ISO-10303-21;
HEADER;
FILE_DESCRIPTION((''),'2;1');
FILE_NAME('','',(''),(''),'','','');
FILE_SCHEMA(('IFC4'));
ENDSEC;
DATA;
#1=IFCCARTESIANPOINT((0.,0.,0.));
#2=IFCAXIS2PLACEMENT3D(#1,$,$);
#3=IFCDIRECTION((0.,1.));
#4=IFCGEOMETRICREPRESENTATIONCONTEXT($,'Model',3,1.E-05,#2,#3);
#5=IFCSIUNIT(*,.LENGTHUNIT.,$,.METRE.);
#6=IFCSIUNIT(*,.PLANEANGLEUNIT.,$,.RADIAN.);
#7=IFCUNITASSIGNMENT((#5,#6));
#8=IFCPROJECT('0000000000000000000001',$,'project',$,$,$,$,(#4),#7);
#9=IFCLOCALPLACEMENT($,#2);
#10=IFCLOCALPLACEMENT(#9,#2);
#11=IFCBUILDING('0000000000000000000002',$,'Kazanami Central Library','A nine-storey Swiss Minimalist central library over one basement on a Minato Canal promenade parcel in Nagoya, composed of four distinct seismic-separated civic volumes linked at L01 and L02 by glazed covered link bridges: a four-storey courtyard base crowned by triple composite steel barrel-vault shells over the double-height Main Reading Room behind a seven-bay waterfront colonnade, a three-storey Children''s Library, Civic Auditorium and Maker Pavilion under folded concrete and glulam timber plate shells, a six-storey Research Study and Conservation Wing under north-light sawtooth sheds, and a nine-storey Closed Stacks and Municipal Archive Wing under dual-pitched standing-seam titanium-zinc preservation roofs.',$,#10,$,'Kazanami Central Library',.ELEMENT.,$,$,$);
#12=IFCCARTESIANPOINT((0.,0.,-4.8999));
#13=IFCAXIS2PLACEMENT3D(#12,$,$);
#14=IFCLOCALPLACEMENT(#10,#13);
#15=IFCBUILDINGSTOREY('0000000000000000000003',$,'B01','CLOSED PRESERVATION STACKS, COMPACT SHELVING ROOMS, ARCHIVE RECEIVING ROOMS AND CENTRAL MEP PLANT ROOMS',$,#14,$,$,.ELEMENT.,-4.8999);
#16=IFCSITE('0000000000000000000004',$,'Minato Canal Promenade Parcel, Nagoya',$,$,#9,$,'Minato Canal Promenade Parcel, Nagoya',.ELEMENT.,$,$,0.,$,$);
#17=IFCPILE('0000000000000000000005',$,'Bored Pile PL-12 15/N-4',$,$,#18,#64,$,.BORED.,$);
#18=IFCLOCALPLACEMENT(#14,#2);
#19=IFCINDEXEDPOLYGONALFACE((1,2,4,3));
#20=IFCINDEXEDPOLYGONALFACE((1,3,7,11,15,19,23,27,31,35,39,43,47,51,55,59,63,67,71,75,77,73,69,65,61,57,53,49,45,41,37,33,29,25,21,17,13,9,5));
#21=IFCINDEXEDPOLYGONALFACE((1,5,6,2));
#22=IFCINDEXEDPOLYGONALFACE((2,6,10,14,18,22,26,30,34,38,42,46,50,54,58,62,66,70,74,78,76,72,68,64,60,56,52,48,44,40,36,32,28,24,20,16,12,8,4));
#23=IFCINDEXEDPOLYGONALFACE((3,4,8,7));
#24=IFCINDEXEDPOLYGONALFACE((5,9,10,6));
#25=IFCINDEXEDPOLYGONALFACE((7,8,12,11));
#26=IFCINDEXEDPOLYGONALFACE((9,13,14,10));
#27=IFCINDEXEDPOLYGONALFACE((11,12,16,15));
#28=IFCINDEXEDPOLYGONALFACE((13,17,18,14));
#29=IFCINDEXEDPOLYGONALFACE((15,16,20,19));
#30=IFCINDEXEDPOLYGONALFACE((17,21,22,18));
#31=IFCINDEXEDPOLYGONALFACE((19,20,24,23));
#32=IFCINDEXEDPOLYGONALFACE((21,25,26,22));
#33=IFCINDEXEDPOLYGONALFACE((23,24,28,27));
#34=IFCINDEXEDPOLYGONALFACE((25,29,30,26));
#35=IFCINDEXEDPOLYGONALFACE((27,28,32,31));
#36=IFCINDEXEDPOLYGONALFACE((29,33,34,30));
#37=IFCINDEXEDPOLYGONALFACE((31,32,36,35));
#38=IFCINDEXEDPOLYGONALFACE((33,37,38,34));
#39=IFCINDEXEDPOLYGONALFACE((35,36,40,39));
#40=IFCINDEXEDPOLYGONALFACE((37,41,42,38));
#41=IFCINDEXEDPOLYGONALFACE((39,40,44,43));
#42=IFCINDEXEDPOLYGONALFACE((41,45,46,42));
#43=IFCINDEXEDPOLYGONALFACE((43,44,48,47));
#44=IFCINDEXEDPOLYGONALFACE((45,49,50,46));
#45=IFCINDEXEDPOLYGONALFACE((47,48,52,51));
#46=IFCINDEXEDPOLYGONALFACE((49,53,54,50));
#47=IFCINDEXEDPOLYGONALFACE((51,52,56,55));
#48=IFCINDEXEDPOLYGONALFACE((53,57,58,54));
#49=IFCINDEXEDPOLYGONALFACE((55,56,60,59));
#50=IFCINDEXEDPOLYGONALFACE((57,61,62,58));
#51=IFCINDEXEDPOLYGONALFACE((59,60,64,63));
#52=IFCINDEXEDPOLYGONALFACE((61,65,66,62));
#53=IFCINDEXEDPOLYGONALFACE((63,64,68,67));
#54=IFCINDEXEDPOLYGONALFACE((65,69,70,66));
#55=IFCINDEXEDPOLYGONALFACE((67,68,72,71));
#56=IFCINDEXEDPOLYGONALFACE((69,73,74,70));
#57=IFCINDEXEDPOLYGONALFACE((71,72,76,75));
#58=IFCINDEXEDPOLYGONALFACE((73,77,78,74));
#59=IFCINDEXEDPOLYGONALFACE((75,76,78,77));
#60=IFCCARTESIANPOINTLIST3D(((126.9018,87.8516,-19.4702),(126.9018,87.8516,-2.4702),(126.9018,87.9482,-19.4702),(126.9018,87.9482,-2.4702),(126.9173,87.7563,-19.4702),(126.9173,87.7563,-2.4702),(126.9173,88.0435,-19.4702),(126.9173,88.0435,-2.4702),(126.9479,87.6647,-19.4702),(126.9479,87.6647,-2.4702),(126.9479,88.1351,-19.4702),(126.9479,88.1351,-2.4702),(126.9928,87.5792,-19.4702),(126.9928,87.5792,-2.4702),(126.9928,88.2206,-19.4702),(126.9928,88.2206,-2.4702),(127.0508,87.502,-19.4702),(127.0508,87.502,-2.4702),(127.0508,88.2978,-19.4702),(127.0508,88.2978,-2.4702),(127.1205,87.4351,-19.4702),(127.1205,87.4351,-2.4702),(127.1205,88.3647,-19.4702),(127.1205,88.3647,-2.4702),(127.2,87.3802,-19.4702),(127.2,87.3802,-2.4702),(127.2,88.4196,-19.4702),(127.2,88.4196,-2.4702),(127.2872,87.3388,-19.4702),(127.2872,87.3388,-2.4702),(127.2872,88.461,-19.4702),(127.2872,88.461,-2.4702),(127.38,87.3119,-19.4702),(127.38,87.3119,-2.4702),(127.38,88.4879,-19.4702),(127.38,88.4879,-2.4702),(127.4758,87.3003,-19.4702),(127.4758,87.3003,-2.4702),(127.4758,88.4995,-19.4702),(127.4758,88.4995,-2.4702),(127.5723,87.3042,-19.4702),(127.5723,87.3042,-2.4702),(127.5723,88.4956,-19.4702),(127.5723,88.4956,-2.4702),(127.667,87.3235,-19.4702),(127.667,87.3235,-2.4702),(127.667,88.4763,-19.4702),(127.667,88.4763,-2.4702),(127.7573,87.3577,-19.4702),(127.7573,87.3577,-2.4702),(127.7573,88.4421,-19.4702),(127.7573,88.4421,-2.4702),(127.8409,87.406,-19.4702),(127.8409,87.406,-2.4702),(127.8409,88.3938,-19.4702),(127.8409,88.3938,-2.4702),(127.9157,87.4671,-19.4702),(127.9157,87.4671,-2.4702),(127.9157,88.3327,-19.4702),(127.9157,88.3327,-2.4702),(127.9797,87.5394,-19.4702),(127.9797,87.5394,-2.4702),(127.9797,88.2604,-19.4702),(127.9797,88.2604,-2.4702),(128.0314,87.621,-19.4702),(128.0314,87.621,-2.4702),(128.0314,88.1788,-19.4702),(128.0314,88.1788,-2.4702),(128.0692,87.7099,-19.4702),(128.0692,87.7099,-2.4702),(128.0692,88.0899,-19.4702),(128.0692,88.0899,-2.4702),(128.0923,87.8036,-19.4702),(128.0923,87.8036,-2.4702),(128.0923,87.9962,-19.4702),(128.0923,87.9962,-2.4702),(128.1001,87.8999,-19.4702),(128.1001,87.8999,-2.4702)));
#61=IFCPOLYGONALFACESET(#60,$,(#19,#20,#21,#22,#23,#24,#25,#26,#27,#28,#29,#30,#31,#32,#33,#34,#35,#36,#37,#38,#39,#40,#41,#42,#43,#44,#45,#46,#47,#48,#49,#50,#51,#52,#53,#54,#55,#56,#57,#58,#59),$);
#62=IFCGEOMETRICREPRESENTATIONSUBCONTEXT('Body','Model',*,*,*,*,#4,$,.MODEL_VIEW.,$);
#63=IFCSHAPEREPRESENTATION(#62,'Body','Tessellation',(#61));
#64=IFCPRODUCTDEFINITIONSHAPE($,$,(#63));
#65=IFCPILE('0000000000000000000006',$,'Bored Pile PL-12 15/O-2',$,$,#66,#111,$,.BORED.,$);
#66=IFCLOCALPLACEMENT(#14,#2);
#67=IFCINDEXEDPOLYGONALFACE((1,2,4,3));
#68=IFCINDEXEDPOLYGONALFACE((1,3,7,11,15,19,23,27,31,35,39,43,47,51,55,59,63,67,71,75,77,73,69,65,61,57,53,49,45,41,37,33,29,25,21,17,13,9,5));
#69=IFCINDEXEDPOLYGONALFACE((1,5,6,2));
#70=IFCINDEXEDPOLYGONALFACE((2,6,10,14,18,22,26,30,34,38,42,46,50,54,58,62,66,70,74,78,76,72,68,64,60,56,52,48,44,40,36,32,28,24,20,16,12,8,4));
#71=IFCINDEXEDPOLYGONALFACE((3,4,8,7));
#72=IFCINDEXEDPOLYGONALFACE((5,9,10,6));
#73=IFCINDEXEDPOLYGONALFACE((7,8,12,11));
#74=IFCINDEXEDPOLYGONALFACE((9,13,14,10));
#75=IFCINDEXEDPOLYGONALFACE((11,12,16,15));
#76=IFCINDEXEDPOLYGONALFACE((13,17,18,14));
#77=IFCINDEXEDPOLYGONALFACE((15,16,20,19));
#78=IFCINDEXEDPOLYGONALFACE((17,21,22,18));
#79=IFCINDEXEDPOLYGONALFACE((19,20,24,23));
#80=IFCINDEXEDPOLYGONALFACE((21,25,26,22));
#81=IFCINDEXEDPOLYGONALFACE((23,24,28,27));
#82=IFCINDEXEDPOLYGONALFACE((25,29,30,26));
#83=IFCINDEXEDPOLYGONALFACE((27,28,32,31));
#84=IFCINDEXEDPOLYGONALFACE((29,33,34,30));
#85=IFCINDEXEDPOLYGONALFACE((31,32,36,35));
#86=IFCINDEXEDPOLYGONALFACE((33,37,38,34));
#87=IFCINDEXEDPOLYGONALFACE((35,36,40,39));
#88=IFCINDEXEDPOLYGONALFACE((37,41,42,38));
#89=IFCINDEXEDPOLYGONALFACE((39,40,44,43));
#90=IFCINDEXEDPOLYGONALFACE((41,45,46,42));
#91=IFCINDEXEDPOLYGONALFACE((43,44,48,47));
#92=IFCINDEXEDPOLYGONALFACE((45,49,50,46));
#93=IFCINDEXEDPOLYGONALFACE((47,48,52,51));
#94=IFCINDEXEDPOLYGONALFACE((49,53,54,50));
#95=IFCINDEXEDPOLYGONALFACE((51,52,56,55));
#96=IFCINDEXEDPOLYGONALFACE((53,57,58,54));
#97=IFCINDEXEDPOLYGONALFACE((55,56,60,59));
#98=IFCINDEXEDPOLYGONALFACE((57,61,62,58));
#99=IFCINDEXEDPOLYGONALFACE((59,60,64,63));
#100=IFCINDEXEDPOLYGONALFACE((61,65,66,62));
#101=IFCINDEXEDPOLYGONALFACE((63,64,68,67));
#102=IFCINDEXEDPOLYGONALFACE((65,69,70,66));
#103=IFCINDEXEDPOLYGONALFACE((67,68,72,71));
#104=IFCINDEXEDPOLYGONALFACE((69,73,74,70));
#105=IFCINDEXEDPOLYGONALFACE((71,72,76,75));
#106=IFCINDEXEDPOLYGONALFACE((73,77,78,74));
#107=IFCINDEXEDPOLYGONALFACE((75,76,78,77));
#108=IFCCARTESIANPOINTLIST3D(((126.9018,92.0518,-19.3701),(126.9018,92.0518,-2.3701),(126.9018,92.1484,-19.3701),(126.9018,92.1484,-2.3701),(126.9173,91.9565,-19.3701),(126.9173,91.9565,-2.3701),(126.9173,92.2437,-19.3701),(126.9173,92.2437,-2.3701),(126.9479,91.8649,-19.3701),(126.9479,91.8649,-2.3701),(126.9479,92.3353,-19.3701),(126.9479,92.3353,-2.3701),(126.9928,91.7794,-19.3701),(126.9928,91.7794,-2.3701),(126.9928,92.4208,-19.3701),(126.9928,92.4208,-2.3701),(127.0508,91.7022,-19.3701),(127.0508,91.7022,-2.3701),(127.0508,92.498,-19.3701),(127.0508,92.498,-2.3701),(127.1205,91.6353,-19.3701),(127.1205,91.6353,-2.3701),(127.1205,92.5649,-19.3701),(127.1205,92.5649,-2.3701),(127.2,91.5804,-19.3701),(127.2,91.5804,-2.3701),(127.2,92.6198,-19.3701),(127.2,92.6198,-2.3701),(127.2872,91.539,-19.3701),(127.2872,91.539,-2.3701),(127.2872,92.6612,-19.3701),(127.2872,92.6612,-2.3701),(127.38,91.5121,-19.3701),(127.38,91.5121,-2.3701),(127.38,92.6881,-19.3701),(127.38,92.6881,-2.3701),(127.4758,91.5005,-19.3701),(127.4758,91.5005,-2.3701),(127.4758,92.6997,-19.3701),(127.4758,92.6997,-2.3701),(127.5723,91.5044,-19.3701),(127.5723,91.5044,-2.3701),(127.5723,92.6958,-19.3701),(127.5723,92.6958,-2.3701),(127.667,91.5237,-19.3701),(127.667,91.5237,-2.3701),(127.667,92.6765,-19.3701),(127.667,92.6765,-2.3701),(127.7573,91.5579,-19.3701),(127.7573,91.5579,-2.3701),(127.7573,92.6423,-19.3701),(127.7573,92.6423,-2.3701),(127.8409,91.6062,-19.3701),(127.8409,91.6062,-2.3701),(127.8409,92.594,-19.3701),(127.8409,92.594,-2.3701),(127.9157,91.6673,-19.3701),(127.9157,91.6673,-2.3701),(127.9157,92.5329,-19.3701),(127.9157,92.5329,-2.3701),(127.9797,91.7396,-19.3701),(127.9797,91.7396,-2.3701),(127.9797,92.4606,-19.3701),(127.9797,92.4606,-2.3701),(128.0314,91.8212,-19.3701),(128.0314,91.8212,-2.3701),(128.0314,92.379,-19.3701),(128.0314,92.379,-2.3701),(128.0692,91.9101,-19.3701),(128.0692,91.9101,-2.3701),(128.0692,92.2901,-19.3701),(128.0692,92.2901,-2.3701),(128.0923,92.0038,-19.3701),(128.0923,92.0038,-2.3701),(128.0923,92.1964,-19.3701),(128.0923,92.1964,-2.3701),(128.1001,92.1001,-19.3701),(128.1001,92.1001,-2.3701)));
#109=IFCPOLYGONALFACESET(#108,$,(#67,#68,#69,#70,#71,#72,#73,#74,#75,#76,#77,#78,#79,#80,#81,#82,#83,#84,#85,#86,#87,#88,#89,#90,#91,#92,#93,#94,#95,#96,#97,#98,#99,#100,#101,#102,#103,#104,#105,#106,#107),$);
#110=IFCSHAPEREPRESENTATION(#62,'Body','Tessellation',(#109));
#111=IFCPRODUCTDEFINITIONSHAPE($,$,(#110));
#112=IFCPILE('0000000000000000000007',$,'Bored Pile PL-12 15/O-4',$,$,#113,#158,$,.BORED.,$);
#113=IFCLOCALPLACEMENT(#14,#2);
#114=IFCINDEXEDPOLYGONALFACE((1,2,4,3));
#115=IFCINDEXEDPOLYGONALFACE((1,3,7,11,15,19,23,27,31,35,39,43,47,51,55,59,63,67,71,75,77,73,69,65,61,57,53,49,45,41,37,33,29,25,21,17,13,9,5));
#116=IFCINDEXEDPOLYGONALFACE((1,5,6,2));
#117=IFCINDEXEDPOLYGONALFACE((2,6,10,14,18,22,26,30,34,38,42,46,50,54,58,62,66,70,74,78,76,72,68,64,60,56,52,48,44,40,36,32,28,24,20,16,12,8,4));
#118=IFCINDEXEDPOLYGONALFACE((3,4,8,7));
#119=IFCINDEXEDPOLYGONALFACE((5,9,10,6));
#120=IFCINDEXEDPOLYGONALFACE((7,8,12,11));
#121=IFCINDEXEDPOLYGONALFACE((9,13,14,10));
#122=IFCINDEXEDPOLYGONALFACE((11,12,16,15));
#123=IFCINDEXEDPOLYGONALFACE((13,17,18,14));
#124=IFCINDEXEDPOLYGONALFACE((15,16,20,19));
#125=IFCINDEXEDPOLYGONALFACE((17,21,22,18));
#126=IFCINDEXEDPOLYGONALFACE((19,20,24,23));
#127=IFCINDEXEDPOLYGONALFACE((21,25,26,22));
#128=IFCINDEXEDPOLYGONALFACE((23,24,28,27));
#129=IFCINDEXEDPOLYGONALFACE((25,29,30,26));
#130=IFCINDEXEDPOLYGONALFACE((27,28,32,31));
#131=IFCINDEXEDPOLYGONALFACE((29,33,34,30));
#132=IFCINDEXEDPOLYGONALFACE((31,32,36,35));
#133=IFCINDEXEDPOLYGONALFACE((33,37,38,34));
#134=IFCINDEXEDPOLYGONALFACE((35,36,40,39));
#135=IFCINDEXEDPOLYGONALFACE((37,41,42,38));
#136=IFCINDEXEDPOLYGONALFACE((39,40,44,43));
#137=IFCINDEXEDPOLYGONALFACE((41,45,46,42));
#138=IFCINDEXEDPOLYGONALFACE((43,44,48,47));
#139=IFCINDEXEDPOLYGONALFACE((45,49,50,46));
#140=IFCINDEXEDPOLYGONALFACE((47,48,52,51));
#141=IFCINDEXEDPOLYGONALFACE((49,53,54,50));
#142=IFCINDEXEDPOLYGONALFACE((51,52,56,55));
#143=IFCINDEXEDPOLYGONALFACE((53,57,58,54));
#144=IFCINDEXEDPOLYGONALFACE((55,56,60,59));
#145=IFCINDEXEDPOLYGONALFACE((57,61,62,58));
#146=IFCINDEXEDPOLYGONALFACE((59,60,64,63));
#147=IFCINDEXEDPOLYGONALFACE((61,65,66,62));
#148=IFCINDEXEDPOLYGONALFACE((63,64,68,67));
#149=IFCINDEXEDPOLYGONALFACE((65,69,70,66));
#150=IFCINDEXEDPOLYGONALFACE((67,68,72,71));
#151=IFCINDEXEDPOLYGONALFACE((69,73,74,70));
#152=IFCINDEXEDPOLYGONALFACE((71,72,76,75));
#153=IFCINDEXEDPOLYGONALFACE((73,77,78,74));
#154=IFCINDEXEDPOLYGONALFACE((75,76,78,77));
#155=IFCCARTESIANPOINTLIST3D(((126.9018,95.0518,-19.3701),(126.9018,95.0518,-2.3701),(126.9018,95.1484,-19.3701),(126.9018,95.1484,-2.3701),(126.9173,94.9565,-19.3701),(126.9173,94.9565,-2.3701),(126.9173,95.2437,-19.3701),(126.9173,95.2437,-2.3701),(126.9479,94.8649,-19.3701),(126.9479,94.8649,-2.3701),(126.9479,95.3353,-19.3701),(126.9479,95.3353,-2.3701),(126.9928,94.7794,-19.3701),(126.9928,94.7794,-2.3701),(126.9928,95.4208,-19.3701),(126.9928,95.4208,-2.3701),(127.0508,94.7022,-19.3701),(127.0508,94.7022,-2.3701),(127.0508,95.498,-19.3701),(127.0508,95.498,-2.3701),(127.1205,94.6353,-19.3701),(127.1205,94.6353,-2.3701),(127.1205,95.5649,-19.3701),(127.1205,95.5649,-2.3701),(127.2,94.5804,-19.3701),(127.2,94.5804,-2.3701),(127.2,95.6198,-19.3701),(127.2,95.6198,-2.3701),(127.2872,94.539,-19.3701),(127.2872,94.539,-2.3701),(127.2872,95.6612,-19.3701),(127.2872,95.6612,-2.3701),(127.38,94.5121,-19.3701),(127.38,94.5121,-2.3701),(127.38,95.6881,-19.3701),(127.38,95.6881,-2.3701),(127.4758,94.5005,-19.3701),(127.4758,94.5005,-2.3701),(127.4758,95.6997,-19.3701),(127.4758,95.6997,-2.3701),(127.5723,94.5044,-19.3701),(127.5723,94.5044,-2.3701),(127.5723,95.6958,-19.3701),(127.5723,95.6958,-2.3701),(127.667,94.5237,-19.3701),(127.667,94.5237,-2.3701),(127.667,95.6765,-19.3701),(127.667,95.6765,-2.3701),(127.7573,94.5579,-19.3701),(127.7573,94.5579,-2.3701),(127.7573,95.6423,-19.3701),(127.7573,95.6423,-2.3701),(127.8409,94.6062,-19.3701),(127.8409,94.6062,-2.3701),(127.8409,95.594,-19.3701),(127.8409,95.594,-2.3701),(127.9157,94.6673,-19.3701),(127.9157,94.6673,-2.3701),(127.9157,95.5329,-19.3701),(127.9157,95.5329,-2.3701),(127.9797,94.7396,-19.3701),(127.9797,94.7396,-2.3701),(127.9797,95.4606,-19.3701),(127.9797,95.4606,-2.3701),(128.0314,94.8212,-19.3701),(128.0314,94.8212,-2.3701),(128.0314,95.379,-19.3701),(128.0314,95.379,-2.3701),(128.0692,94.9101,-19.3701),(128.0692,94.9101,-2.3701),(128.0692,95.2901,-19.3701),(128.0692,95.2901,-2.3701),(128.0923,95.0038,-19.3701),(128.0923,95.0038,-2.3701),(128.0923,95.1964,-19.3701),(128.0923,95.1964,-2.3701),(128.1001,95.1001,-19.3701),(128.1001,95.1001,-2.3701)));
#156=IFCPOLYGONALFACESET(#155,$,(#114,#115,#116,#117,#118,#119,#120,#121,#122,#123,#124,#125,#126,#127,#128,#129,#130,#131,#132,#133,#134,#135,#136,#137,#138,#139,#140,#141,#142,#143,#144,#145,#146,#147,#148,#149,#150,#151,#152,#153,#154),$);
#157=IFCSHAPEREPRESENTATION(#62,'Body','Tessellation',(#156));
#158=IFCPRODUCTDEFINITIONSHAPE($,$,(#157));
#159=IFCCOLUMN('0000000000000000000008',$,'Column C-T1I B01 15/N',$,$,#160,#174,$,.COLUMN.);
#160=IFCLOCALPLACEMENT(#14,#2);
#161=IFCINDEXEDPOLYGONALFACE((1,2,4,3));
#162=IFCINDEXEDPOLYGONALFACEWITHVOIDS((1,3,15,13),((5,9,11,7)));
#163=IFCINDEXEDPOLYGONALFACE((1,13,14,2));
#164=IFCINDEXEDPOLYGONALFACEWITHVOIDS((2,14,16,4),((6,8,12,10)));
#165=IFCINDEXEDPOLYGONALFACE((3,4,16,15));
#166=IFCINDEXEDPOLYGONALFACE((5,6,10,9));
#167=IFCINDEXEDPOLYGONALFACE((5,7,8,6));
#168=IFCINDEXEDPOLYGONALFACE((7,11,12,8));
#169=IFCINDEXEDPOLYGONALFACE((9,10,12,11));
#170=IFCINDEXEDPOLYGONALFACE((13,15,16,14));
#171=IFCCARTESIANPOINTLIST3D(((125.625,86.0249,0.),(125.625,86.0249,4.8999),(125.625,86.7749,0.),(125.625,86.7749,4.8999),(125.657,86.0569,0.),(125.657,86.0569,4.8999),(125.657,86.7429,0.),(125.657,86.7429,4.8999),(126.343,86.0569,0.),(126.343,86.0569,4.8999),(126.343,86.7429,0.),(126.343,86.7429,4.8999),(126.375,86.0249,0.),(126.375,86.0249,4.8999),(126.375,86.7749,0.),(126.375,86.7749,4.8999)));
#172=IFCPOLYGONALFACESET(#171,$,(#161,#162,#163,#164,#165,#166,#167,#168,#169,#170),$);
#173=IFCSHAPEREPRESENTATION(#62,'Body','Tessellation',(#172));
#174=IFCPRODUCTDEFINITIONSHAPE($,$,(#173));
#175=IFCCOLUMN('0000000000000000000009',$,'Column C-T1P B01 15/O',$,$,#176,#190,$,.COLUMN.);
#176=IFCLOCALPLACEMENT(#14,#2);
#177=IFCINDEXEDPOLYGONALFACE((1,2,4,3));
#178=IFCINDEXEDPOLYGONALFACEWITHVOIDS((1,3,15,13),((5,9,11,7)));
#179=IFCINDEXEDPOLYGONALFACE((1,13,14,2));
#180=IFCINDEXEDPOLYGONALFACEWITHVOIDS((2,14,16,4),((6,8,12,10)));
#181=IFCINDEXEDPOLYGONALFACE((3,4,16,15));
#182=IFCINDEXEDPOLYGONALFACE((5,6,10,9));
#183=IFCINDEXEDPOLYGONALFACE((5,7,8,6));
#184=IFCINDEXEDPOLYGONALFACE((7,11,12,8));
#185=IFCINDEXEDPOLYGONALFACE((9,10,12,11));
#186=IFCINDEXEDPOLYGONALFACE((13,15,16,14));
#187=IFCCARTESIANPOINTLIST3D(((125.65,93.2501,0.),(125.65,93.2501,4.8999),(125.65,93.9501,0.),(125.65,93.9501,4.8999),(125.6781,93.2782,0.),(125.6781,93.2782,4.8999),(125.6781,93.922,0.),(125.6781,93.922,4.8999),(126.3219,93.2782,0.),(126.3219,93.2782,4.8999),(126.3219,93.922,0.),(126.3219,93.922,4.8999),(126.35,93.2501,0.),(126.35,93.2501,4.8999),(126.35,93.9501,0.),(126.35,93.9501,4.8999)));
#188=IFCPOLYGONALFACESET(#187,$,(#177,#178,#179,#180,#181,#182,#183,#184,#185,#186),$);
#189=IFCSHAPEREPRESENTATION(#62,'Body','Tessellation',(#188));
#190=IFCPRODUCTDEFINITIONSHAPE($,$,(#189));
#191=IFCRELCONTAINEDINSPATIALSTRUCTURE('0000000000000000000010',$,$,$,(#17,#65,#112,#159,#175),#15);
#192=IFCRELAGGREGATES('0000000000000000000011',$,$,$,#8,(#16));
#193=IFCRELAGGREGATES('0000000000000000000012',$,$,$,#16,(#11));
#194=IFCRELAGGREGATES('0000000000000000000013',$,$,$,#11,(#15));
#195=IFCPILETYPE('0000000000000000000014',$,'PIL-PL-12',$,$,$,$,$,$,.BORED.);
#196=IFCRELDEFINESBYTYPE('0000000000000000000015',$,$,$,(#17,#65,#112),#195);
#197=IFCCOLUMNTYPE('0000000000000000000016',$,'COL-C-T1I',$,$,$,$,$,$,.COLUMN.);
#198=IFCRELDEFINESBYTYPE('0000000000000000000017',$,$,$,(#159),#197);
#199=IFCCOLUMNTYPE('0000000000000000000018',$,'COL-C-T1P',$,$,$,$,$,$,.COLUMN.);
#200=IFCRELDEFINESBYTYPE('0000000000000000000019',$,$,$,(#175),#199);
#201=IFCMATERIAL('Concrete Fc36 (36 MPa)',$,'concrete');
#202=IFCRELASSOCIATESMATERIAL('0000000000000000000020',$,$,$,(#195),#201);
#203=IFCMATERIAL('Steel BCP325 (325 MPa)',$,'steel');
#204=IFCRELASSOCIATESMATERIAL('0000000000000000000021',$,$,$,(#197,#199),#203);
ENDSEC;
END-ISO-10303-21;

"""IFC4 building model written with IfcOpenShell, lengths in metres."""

from ifc_helpers import new_model, si_unit, direction, frame, origin, origin_2d, place, context, subcontext, project, spatial, hollow_rectangle, circle, extrude, material, material_profile, profile_set, type_object, element, save


model = new_model("IFC4")

# Units and contexts
model_context = context("Model", 3, precision=1e-05, world=origin(), true_north=direction((0.0, 1.0)))
body_context = subcontext(model_context, "Body", "Model", "MODEL_VIEW")
ifc_project = project(units=[si_unit("LENGTHUNIT", "METRE"), si_unit("PLANEANGLEUNIT", "RADIAN")], contexts=[model_context])

# Site, building, storey
site_placement = place(None, origin())
site = spatial("IfcSite", under=ifc_project, at=site_placement, Name="Minato Canal Promenade Parcel, Nagoya", LongName="Minato Canal Promenade Parcel, Nagoya", CompositionType="ELEMENT", RefElevation=0.0)
building_placement = place(site_placement, origin())
building = spatial("IfcBuilding", under=site, at=building_placement, Name="Kazanami Central Library", Description="A nine-storey Swiss Minimalist central library over one basement on a Minato Canal promenade parcel in Nagoya, composed of four distinct seismic-separated civic volumes linked at L01 and L02 by glazed covered link bridges: a four-storey courtyard base crowned by triple composite steel barrel-vault shells over the double-height Main Reading Room behind a seven-bay waterfront colonnade, a three-storey Children's Library, Civic Auditorium and Maker Pavilion under folded concrete and glulam timber plate shells, a six-storey Research Study and Conservation Wing under north-light sawtooth sheds, and a nine-storey Closed Stacks and Municipal Archive Wing under dual-pitched standing-seam titanium-zinc preservation roofs.", LongName="Kazanami Central Library", CompositionType="ELEMENT")
storey_placement = place(building_placement, frame((0.0, 0.0, -4.8999)))
storey = spatial("IfcBuildingStorey", under=building, at=storey_placement, Name="B01", Description="CLOSED PRESERVATION STACKS, COMPACT SHELVING ROOMS, ARCHIVE RECEIVING ROOMS AND CENTRAL MEP PLANT ROOMS", CompositionType="ELEMENT", Elevation=-4.8999)

# Shared definitions
ifc_material_1 = material(Name="Concrete Fc36 (36 MPa)", Category="concrete")

# Piles
ifc_material_profile_1 = material_profile(ifc_material_1, circle(Radius=0.6001, at=origin_2d()), Name="BORED-D1200")
ifc_profile_set_1 = profile_set([ifc_material_profile_1], Name="Concrete Fc36 (36 MPa)")
pile_type = type_object("IfcPileType", Name="PIL-PL-12", PredefinedType="BORED", material=ifc_profile_set_1)
for number, where, z_axis, x_axis, name in (
    (1, (127.5, 87.8999, -2.4702), (0.0, 0.0, -1.0), (1.0, 0.0, 0.0), "Bored Pile PL-12 15/N-4"),
    (2, (127.5, 92.1001, -2.3701), (0.0, 0.0, -1.0), (1.0, 0.0, 0.0), "Bored Pile PL-12 15/O-2"),
    (3, (127.5, 95.1001, -2.3701), (0.0, 0.0, -1.0), (1.0, 0.0, 0.0), "Bored Pile PL-12 15/O-4"),
):
    element("IfcPile", number, at=place(storey_placement, frame(where, z_axis=z_axis, x_axis=x_axis)), inside=storey, type_object=pile_type, Name=name, PredefinedType="BORED", context=body_context, shape_type="SweptSolid", body=[
        extrude(circle(Radius=0.6001, at=origin_2d()), origin(), (0.0, 0.0, 1.0), 17.0),
    ])

# Columns
ifc_material_2 = material(Name="Steel BCP325 (325 MPa)", Category="steel")
ifc_material_profile_2 = material_profile(ifc_material_2, hollow_rectangle(XDim=0.75, YDim=0.75, WallThickness=0.032, at=origin_2d()), Name="BCP-750x750x32")
ifc_profile_set_2 = profile_set([ifc_material_profile_2], Name="Steel BCP325 (325 MPa)")
column_type_1 = type_object("IfcColumnType", Name="COL-C-T1I", PredefinedType="COLUMN", material=ifc_profile_set_2)
column_1_placement = place(storey_placement, frame((126.0, 86.3999, 0.0), z_axis=(0.0, 0.0, 1.0), x_axis=(1.0, 0.0, 0.0)))
element("IfcColumn", 4, at=column_1_placement, inside=storey, type_object=column_type_1, Name="Column C-T1I B01 15/N", PredefinedType="COLUMN", context=body_context, shape_type="SweptSolid", body=[
    extrude(hollow_rectangle(XDim=0.75, YDim=0.75, WallThickness=0.032, at=origin_2d()), origin(), (0.0, 0.0, 1.0), 4.8999),
])
ifc_material_profile_3 = material_profile(ifc_material_2, hollow_rectangle(XDim=0.7, YDim=0.7, WallThickness=0.0281, at=origin_2d()), Name="BCP-700x700x28")
ifc_profile_set_3 = profile_set([ifc_material_profile_3], Name="Steel BCP325 (325 MPa)")
column_type_2 = type_object("IfcColumnType", Name="COL-C-T1P", PredefinedType="COLUMN", material=ifc_profile_set_3)
column_2_placement = place(storey_placement, frame((126.0, 93.6001, 0.0), z_axis=(0.0, 0.0, 1.0), x_axis=(1.0, 0.0, 0.0)))
element("IfcColumn", 5, at=column_2_placement, inside=storey, type_object=column_type_2, Name="Column C-T1P B01 15/O", PredefinedType="COLUMN", context=body_context, shape_type="SweptSolid", body=[
    extrude(hollow_rectangle(XDim=0.7, YDim=0.7, WallThickness=0.0281, at=origin_2d()), origin(), (0.0, 0.0, 1.0), 4.8999),
])

save(model, "model.ifc")
